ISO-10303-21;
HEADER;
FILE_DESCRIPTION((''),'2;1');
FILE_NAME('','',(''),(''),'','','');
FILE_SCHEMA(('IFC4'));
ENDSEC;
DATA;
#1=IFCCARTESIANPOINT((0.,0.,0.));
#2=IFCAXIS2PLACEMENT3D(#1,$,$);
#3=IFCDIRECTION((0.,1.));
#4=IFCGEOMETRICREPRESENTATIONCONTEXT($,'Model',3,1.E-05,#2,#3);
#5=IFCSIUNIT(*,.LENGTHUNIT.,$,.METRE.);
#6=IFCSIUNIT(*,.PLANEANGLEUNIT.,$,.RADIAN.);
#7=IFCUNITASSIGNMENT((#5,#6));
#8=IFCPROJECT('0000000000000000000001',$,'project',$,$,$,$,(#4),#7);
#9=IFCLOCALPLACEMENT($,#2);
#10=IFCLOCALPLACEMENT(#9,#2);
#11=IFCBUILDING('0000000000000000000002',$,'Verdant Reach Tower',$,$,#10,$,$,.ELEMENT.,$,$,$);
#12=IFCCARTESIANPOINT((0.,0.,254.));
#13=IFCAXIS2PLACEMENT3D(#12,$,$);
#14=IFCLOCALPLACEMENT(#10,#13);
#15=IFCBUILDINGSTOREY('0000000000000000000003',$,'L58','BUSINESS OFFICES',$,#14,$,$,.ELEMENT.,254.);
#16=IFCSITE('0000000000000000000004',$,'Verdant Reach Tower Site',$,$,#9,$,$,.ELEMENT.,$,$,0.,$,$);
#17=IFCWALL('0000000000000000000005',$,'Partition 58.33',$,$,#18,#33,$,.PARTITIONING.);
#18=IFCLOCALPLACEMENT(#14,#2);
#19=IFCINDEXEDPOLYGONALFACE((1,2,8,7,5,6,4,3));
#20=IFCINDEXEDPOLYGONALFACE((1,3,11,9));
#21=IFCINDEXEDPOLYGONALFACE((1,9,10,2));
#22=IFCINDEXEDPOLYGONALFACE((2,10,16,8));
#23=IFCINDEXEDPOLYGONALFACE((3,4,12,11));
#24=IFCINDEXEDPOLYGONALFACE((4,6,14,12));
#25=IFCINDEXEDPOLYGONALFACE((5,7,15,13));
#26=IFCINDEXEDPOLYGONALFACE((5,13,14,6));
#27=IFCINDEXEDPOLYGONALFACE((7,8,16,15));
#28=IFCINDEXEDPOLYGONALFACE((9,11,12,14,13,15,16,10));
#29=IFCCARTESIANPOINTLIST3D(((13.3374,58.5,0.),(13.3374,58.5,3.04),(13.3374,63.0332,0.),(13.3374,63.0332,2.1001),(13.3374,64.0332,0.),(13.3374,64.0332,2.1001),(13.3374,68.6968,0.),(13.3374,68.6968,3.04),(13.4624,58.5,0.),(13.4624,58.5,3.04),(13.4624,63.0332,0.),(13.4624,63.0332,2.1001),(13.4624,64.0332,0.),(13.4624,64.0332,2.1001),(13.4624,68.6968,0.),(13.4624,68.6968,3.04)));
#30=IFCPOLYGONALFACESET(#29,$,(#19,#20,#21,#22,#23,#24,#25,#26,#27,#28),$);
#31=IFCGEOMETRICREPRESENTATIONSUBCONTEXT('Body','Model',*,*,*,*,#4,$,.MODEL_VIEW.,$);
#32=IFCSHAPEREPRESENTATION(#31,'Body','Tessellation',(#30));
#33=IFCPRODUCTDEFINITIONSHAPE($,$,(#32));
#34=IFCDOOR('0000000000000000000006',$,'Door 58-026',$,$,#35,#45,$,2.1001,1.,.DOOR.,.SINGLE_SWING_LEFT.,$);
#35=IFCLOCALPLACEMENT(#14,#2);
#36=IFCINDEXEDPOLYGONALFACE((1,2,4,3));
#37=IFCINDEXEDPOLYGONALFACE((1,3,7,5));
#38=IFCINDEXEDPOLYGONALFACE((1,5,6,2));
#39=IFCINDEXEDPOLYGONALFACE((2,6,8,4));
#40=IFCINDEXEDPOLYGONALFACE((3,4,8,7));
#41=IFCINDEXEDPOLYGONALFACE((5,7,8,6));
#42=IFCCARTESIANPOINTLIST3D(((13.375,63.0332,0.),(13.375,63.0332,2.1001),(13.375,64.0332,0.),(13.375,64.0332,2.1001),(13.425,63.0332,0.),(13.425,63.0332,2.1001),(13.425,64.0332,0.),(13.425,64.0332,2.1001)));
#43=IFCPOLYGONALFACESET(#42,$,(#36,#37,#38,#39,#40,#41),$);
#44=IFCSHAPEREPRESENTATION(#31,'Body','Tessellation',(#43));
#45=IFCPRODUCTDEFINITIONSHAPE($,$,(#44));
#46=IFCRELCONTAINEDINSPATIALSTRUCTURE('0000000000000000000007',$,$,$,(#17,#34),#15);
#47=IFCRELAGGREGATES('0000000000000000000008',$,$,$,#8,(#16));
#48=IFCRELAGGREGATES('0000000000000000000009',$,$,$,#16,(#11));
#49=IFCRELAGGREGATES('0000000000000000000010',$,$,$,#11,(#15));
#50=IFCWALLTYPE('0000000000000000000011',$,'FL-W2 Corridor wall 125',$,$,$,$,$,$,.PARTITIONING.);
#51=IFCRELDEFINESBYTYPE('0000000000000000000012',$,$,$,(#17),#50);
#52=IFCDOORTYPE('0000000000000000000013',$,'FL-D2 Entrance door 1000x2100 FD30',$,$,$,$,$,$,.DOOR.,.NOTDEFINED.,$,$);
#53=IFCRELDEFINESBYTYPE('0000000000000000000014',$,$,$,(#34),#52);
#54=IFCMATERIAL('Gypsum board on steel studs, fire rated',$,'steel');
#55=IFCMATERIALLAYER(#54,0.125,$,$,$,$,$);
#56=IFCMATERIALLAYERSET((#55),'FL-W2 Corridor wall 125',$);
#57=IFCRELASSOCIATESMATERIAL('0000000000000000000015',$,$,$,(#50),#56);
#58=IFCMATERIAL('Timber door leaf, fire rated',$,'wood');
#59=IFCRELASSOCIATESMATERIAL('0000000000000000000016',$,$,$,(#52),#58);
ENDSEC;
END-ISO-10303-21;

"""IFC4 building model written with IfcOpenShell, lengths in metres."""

from ifc_helpers import new_model, si_unit, direction, frame, frame_2d, origin, place, context, subcontext, project, spatial, rectangle, extrude, material, layer, layer_set, type_object, element, fill, save


model = new_model("IFC4")

# Units and contexts
model_context = context("Model", 3, precision=1e-05, world=origin(), true_north=direction((0.0, 1.0)))
body_context = subcontext(model_context, "Body", "Model", "MODEL_VIEW")
ifc_project = project(units=[si_unit("LENGTHUNIT", "METRE"), si_unit("PLANEANGLEUNIT", "RADIAN")], contexts=[model_context])

# Site, building, storey
site_placement = place(None, origin())
site = spatial("IfcSite", under=ifc_project, at=site_placement, Name="Verdant Reach Tower Site", CompositionType="ELEMENT", RefElevation=0.0)
building_placement = place(site_placement, origin())
building = spatial("IfcBuilding", under=site, at=building_placement, Name="Verdant Reach Tower", CompositionType="ELEMENT")
storey_placement = place(building_placement, frame((0.0, 0.0, 254.0)))
storey = spatial("IfcBuildingStorey", under=building, at=storey_placement, Name="L58", Description="BUSINESS OFFICES", CompositionType="ELEMENT", Elevation=254.0)

# Shared definitions
ifc_material_1 = material(Name="Gypsum board on steel studs, fire rated", Category="steel")
ifc_layer_1 = layer(ifc_material_1, 0.125)
ifc_layer_set_1 = layer_set([ifc_layer_1], Name="FL-W2 Corridor wall 125")
wall_type_1 = type_object("IfcWallType", Name="FL-W2 Corridor wall 125", PredefinedType="PARTITIONING", material=ifc_layer_set_1)
ifc_material_2 = material(Name="Timber door leaf, fire rated", Category="wood")
door_type_1 = type_object("IfcDoorType", Name="FL-D2 Entrance door 1000x2100 FD30", OperationType="NOTDEFINED", PredefinedType="DOOR", material=ifc_material_2)

# Wall, opening, door
wall_1_placement = place(storey_placement, frame((13.3999, 58.5, 0.0), z_axis=(0.0, 0.0, 1.0), x_axis=(0.0, 1.0, 0.0)))
wall_1 = element("IfcWall", 1, at=wall_1_placement, inside=storey, type_object=wall_type_1, Name="Partition 58.33", PredefinedType="PARTITIONING", context=body_context, shape_type="SweptSolid", body=[
    extrude(rectangle(XDim=10.1968, YDim=0.125, at=frame_2d((5.0984, 0.0))), origin(), (0.0, 0.0, 1.0), 3.04),
])
opening_1_placement = place(wall_1_placement, frame((4.5332, 0.0, 0.0)))
opening_1 = element("IfcOpeningElement", 2, at=opening_1_placement, cuts=wall_1, PredefinedType="OPENING", context=body_context, shape_type="SweptSolid", body=[
    extrude(rectangle(XDim=1.0, YDim=2.1001, at=frame_2d((0.5, 1.05))), frame((0.0, 0.0725, 0.0), z_axis=(0.0, -1.0, 0.0), x_axis=(1.0, 0.0, 0.0)), (0.0, 0.0, 1.0), 0.145),
])
door_1_placement = place(opening_1_placement, origin())
door_1 = element("IfcDoor", 3, at=door_1_placement, inside=storey, type_object=door_type_1, Name="Door 58-026", OperationType="SINGLE_SWING_LEFT", OverallHeight=2.1001, OverallWidth=1.0, PredefinedType="DOOR", context=body_context, shape_type="SweptSolid", body=[
    extrude(rectangle(XDim=1.0, YDim=2.1001, at=frame_2d((0.5, 1.05))), frame((0.0, 0.0249, 0.0), z_axis=(0.0, -1.0, 0.0), x_axis=(1.0, 0.0, 0.0)), (0.0, 0.0, 1.0), 0.05),
])
fill(opening_1, door_1)

save(model, "model.ifc")
